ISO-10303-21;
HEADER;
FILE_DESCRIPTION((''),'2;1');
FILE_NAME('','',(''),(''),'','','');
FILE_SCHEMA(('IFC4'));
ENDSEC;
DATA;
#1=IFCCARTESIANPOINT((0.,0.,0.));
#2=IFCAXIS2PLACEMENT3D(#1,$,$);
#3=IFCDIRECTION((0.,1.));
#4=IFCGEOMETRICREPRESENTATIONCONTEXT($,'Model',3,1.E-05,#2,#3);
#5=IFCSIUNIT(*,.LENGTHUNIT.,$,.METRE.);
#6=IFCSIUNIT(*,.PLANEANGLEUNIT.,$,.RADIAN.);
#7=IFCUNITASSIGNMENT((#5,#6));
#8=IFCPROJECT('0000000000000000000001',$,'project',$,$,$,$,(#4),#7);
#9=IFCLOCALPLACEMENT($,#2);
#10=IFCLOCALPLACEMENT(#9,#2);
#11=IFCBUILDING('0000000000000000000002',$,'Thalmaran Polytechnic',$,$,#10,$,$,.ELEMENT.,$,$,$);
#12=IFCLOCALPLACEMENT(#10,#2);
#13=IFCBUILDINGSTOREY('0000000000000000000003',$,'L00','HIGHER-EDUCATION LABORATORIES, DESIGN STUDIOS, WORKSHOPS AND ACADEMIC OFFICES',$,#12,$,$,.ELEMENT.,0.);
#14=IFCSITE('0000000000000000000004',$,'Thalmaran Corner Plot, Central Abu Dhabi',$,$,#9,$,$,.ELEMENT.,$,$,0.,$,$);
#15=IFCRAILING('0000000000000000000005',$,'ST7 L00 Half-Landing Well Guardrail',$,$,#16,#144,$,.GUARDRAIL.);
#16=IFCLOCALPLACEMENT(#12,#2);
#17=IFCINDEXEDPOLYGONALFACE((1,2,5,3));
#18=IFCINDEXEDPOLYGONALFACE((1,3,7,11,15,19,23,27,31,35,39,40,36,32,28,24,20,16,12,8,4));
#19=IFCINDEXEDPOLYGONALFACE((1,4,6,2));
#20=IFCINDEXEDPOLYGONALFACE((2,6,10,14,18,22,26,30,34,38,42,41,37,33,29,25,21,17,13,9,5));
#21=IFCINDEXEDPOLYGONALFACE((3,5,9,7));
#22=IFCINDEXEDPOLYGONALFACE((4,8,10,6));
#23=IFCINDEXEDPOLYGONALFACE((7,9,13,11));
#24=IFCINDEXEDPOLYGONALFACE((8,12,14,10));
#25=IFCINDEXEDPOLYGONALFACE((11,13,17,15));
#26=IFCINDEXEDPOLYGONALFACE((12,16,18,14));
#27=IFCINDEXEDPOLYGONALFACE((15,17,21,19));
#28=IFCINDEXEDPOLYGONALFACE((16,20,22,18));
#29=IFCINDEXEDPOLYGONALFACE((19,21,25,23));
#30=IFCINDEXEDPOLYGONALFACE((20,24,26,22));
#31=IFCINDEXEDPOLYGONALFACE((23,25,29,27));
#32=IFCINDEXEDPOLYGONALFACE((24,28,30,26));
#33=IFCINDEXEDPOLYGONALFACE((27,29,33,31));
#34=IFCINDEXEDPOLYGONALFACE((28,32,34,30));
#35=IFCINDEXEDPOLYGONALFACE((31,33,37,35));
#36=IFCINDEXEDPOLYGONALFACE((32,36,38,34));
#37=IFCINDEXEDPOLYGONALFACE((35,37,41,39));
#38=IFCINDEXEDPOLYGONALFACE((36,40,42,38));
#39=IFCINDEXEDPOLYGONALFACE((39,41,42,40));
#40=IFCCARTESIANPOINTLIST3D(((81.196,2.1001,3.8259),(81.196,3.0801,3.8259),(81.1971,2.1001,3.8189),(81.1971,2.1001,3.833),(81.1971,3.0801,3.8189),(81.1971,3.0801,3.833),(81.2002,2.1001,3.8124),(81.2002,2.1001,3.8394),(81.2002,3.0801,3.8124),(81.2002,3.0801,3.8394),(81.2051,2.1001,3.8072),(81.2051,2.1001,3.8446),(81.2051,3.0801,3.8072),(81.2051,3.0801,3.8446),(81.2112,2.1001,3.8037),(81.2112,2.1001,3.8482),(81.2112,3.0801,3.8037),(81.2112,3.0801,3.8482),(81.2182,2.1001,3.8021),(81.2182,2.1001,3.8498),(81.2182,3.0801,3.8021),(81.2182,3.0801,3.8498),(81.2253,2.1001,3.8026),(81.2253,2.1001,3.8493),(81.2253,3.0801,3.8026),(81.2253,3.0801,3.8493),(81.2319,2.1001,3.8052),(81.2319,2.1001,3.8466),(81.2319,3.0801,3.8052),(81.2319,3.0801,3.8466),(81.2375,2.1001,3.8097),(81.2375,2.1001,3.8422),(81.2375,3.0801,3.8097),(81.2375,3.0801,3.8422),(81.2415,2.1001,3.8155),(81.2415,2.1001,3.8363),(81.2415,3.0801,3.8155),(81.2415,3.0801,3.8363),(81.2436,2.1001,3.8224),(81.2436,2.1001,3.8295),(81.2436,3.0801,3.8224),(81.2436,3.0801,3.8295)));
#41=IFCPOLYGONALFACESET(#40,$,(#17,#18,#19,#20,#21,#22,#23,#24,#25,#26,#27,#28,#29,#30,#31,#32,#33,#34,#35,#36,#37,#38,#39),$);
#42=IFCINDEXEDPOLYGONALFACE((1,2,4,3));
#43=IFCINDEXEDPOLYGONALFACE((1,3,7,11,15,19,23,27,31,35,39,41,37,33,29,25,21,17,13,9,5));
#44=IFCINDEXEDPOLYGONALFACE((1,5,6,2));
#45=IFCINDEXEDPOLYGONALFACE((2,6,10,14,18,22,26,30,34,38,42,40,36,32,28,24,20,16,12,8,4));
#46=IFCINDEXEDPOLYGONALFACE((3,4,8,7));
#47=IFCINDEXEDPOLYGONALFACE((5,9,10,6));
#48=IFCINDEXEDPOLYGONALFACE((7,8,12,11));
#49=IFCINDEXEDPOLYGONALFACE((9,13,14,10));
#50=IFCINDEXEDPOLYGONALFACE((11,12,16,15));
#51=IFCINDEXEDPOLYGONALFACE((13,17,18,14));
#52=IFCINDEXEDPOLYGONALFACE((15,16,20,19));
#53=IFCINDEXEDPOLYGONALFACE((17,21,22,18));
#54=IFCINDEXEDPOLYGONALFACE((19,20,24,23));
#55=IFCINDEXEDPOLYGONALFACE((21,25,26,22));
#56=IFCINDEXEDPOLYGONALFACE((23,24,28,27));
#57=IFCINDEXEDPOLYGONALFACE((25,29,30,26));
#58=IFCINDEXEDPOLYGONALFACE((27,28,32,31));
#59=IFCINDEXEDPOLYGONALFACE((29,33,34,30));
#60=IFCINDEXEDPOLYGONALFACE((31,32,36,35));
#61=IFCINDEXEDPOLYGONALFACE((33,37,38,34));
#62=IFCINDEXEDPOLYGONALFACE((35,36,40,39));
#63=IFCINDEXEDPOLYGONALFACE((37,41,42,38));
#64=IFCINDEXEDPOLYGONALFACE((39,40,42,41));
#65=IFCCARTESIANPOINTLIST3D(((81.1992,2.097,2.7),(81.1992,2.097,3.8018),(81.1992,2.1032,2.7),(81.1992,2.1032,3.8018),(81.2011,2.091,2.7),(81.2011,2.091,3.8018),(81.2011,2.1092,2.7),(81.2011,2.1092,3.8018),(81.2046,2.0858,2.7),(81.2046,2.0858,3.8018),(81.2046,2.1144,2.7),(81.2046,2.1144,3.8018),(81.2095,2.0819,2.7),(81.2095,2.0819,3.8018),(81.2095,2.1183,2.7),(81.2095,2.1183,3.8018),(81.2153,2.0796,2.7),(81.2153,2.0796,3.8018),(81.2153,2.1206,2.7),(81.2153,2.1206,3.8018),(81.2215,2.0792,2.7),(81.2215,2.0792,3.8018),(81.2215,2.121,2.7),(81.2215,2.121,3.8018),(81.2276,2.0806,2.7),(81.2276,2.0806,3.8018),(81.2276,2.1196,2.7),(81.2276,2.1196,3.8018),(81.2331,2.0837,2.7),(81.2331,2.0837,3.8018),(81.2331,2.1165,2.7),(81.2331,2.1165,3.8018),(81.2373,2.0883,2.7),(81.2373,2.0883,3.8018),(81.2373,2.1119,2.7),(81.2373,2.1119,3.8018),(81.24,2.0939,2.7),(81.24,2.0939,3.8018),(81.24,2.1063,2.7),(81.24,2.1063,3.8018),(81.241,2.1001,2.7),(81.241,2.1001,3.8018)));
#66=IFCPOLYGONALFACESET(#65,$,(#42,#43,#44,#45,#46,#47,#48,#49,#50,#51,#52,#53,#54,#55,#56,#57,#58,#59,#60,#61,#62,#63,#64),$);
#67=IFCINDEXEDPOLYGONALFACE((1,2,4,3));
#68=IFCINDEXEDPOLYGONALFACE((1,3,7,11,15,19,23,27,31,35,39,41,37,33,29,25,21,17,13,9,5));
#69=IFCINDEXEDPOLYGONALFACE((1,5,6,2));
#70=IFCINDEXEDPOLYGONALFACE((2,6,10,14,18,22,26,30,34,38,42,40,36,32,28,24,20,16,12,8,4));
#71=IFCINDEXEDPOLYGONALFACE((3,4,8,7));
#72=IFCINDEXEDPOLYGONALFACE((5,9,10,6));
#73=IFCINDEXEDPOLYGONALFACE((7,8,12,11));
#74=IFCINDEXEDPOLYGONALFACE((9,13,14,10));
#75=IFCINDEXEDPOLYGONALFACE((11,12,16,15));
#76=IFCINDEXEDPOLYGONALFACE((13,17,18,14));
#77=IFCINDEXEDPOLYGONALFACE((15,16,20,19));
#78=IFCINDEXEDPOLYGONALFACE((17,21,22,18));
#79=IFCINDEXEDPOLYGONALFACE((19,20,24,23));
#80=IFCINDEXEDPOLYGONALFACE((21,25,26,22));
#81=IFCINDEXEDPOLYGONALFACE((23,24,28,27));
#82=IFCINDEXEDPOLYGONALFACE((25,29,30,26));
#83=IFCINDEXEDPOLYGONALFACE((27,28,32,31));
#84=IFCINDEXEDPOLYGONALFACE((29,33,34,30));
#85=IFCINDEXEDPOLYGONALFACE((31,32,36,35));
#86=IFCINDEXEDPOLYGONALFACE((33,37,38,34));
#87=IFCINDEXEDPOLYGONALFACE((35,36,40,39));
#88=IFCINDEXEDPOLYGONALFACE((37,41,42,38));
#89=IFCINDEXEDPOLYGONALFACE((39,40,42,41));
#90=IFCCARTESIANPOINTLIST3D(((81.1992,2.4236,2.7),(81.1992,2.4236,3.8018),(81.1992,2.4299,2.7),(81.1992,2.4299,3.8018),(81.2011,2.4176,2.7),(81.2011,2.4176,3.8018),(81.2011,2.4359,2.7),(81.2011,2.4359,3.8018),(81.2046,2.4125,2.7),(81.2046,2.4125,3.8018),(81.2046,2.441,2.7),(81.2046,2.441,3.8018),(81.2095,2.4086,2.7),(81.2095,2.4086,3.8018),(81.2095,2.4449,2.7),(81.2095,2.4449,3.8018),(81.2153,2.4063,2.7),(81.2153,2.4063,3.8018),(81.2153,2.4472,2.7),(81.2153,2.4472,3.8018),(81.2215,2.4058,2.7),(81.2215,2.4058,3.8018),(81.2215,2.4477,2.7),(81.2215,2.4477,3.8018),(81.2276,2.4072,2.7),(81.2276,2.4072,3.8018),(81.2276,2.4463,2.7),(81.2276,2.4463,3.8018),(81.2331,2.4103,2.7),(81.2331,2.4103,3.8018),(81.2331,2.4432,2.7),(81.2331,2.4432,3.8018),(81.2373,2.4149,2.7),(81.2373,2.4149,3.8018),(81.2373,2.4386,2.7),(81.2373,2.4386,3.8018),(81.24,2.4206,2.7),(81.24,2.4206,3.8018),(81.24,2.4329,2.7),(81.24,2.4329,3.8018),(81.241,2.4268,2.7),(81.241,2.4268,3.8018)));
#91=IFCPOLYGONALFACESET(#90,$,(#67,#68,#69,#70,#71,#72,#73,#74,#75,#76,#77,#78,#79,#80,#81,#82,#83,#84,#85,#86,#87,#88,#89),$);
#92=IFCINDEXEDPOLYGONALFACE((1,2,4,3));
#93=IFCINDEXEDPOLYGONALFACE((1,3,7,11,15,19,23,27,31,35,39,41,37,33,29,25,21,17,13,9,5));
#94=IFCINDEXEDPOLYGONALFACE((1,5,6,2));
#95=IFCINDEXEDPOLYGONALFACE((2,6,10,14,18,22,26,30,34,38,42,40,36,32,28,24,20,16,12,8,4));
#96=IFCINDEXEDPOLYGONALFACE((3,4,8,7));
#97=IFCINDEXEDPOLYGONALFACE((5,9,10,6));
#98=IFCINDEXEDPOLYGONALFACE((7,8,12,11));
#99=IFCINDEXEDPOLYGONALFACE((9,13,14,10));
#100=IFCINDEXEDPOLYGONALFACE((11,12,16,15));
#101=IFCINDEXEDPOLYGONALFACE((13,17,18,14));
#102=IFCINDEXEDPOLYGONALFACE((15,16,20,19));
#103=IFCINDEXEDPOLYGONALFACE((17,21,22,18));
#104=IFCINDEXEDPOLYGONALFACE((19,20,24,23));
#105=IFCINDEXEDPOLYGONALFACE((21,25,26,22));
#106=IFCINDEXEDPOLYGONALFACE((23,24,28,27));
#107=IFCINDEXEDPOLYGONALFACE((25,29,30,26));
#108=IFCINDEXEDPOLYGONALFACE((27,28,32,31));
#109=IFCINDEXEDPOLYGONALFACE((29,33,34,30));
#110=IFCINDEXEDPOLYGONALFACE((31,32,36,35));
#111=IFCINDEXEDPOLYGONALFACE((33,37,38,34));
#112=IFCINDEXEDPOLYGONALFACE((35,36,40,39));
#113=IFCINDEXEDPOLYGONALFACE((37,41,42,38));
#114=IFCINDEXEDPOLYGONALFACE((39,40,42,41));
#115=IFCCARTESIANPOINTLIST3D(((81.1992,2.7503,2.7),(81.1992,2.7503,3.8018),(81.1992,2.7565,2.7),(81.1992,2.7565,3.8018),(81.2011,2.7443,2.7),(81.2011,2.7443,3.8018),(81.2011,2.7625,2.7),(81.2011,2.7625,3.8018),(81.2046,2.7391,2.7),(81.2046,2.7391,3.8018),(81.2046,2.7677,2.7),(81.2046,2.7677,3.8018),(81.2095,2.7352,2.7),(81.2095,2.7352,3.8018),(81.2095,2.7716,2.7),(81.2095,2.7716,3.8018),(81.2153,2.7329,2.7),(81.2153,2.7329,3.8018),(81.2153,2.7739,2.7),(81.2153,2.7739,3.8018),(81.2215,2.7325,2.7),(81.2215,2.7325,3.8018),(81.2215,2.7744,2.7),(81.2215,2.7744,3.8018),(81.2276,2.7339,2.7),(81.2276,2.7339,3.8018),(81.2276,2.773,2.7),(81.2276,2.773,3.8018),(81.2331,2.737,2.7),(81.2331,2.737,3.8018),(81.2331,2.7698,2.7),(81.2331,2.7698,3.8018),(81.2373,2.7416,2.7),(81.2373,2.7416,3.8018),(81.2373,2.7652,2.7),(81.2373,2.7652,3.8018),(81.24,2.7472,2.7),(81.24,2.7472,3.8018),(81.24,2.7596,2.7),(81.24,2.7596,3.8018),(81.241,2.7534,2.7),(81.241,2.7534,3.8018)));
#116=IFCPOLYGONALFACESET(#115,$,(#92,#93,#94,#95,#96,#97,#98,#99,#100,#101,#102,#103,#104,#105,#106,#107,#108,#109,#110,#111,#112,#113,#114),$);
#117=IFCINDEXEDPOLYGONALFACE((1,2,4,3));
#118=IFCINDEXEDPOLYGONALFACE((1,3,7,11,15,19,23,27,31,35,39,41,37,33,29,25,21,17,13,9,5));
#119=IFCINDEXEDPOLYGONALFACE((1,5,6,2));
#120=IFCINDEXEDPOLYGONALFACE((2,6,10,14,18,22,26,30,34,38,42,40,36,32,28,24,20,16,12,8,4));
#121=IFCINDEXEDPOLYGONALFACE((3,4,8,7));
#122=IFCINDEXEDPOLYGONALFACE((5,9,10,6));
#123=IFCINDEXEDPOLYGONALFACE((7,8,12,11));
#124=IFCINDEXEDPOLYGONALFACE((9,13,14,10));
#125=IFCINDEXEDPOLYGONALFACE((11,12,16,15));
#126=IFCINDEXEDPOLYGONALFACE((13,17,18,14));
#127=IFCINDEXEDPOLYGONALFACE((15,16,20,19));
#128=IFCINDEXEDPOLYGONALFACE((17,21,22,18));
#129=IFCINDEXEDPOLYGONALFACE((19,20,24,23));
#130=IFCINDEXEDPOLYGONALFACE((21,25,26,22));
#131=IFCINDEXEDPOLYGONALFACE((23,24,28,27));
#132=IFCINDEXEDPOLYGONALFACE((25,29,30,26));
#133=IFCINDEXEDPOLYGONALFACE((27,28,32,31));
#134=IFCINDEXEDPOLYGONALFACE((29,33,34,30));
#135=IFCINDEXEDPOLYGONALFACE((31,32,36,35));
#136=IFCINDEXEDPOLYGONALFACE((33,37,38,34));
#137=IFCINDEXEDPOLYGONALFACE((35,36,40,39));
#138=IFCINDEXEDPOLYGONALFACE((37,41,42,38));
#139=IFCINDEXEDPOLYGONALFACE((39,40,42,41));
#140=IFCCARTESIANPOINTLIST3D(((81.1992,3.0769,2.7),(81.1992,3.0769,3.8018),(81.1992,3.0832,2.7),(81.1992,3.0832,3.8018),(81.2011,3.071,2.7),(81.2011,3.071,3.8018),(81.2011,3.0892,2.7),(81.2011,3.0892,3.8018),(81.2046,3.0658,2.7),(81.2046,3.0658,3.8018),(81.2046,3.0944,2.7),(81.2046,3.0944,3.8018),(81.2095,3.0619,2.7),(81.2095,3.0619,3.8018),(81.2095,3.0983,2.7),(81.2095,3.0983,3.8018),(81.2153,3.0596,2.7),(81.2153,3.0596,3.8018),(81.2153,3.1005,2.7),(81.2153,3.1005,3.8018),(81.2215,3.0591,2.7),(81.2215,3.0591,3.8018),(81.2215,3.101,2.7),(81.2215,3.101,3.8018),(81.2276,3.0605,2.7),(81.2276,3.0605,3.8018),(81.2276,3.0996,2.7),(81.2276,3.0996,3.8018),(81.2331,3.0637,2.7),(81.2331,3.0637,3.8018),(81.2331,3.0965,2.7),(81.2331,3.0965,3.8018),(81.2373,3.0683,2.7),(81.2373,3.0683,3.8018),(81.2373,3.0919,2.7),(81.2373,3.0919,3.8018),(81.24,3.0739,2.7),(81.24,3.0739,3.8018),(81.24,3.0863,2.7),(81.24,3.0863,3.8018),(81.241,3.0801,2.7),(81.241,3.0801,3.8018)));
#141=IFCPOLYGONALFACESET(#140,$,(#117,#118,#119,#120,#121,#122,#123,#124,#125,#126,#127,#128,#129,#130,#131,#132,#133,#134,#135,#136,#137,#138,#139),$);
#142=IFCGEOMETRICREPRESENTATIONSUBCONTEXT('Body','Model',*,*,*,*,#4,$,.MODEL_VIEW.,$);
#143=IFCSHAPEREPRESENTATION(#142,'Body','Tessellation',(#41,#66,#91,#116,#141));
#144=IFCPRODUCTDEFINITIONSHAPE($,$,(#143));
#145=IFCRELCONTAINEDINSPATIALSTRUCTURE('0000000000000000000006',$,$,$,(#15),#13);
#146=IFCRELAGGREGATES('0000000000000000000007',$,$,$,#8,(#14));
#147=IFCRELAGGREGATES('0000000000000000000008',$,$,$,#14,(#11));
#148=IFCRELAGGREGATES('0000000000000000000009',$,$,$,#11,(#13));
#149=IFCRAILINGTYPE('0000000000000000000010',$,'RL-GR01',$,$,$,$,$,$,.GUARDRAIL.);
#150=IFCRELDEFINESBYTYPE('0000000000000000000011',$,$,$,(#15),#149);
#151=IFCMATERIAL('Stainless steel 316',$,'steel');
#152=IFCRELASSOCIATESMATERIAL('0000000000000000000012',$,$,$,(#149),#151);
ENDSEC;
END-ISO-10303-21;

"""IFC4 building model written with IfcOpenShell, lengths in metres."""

from ifc_helpers import new_model, si_unit, direction, frame, origin, origin_2d, place, context, subcontext, project, spatial, circle, extrude, material, type_object, element, save


model = new_model("IFC4")

# Units and contexts
model_context = context("Model", 3, precision=1e-05, world=origin(), true_north=direction((0.0, 1.0)))
body_context = subcontext(model_context, "Body", "Model", "MODEL_VIEW")
ifc_project = project(units=[si_unit("LENGTHUNIT", "METRE"), si_unit("PLANEANGLEUNIT", "RADIAN")], contexts=[model_context])

# Site, building, storey
site_placement = place(None, origin())
site = spatial("IfcSite", under=ifc_project, at=site_placement, Name="Thalmaran Corner Plot, Central Abu Dhabi", CompositionType="ELEMENT", RefElevation=0.0)
building_placement = place(site_placement, origin())
building = spatial("IfcBuilding", under=site, at=building_placement, Name="Thalmaran Polytechnic", CompositionType="ELEMENT")
storey_placement = place(building_placement, origin())
storey = spatial("IfcBuildingStorey", under=building, at=storey_placement, Name="L00", Description="HIGHER-EDUCATION LABORATORIES, DESIGN STUDIOS, WORKSHOPS AND ACADEMIC OFFICES", CompositionType="ELEMENT", Elevation=0.0)

# Railing
ifc_material_1 = material(Name="Stainless steel 316", Category="steel")
railing_type_1 = type_object("IfcRailingType", Name="RL-GR01", PredefinedType="GUARDRAIL", material=ifc_material_1)
railing_1_placement = place(storey_placement, frame((81.22, 2.1001, 2.7)))
element("IfcRailing", 1, at=railing_1_placement, inside=storey, type_object=railing_type_1, Name="ST7 L00 Half-Landing Well Guardrail", PredefinedType="GUARDRAIL", context=body_context, shape_type="SweptSolid", body=[
    extrude(circle(Radius=0.0239, at=origin_2d()), frame((0.0, 0.0, 1.126), z_axis=(0.0, 1.0, 0.0), x_axis=(-1.0, 0.0, 0.0)), (0.0, 0.0, 1.0), 0.98),
    extrude(circle(Radius=0.021, at=origin_2d()), origin(), (0.0, 0.0, 1.0), 1.1018),
    extrude(circle(Radius=0.021, at=origin_2d()), frame((0.0, 0.3267, 0.0)), (0.0, 0.0, 1.0), 1.1018),
    extrude(circle(Radius=0.021, at=origin_2d()), frame((0.0, 0.6533, 0.0)), (0.0, 0.0, 1.0), 1.1018),
    extrude(circle(Radius=0.021, at=origin_2d()), frame((0.0, 0.98, 0.0)), (0.0, 0.0, 1.0), 1.1018),
])

save(model, "model.ifc")
